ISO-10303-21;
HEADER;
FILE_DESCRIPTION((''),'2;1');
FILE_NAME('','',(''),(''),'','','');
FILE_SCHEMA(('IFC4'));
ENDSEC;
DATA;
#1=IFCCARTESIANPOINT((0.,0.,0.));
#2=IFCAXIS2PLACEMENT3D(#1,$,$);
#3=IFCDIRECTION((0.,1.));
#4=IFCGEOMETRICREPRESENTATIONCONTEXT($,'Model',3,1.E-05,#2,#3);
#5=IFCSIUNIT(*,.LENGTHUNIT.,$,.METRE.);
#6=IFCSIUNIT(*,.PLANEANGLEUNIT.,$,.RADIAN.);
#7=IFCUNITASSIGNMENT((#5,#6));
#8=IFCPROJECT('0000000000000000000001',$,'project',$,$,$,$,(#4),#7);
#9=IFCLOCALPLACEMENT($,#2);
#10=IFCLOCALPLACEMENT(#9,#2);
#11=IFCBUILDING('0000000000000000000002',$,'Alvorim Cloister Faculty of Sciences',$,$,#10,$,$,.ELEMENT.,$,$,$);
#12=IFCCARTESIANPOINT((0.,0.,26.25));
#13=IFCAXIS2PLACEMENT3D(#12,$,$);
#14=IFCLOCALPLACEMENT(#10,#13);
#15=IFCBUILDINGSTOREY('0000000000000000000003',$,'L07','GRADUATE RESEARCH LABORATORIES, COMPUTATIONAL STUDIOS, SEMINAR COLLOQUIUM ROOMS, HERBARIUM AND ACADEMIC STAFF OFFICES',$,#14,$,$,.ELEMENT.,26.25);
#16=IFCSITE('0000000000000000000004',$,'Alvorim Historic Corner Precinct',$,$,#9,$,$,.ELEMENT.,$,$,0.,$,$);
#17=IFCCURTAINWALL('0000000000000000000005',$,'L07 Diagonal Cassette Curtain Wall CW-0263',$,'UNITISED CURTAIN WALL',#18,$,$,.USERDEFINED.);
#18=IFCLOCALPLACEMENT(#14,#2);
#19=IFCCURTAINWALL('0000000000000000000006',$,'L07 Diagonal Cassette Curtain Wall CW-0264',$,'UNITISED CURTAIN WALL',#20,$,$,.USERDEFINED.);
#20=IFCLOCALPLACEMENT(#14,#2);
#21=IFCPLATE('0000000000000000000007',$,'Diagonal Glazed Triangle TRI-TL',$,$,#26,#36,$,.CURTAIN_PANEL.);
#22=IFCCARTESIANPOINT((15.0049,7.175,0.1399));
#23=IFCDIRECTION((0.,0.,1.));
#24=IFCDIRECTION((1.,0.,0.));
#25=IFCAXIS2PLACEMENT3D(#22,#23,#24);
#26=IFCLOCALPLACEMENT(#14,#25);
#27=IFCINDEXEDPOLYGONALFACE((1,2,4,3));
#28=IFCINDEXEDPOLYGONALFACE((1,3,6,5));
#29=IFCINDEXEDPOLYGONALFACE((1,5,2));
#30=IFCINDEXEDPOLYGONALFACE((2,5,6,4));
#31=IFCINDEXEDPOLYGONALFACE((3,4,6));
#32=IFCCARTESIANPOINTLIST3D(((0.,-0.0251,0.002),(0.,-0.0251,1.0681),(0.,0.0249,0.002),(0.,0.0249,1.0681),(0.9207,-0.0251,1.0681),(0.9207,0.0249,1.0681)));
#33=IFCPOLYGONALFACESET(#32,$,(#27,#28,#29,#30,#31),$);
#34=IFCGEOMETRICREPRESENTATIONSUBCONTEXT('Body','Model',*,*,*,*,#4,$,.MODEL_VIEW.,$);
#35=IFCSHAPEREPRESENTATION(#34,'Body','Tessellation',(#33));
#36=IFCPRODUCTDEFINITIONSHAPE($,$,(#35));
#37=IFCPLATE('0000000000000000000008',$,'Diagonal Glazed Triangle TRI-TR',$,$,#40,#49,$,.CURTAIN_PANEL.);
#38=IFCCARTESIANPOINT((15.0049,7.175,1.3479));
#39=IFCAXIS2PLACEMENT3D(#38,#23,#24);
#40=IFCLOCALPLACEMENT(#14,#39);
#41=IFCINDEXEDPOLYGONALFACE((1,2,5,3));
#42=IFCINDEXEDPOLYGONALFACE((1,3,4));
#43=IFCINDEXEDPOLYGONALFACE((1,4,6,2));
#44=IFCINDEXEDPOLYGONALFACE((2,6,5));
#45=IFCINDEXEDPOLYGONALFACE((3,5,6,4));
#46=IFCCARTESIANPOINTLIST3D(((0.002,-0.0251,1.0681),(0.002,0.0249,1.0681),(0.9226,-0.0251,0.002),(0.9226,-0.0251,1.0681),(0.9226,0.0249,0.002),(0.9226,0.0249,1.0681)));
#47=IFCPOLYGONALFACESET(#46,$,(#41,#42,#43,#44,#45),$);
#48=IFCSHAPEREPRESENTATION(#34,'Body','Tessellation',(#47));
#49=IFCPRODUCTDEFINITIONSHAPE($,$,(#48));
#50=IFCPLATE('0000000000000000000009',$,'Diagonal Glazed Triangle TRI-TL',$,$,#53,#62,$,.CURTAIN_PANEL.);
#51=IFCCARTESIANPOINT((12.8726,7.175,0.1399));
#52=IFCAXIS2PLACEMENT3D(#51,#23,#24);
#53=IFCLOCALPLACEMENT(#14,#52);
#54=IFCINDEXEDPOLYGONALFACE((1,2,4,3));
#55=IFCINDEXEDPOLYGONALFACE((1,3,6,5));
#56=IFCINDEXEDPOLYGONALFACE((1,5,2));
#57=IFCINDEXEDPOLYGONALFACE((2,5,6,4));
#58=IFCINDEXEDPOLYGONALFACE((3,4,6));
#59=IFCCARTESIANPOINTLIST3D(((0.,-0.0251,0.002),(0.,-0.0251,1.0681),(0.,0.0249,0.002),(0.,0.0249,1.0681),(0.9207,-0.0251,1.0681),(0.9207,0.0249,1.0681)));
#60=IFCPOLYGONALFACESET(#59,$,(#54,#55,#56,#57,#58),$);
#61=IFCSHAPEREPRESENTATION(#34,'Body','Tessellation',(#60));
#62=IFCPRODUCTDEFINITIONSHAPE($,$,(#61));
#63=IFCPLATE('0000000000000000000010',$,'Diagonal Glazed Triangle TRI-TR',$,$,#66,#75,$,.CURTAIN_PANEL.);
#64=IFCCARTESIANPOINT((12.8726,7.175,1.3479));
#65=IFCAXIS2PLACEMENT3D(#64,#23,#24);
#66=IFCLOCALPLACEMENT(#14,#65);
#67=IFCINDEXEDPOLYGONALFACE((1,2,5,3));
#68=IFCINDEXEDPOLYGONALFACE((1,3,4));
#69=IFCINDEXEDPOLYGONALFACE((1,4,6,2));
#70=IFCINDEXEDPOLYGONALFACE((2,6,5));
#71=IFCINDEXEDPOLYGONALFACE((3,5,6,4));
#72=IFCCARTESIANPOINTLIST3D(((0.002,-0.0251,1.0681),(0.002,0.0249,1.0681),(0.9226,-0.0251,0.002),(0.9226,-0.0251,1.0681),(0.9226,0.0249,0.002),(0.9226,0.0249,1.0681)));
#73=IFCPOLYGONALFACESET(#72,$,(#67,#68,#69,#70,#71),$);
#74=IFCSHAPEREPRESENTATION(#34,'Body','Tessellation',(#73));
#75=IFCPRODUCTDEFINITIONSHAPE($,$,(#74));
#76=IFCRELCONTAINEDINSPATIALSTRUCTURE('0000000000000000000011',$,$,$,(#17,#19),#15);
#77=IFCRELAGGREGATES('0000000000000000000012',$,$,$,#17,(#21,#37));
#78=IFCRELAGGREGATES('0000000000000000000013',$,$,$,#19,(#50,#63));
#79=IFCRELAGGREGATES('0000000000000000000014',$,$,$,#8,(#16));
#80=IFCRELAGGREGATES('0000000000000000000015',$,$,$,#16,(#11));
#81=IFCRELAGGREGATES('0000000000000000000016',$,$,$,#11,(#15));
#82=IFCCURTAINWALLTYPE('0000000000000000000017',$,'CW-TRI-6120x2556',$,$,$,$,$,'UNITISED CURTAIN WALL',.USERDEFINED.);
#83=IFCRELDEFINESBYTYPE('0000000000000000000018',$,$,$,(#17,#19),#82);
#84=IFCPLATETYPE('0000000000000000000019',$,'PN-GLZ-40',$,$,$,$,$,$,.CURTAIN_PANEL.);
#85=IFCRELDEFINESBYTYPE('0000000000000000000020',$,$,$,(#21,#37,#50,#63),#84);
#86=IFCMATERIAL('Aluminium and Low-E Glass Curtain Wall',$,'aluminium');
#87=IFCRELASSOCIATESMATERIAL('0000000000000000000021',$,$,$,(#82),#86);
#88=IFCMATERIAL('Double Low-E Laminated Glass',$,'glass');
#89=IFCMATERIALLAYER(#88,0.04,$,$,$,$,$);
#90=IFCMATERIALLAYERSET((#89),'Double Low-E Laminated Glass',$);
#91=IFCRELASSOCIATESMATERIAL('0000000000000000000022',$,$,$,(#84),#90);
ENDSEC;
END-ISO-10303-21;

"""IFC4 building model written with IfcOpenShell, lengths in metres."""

from ifc_helpers import new_model, si_unit, direction, frame, origin, place, context, subcontext, project, spatial, polyline, outline, extrude, material, layer, layer_set, type_object, element, aggregate, save


model = new_model("IFC4")

# Units and contexts
model_context = context("Model", 3, precision=1e-05, world=origin(), true_north=direction((0.0, 1.0)))
body_context = subcontext(model_context, "Body", "Model", "MODEL_VIEW")
ifc_project = project(units=[si_unit("LENGTHUNIT", "METRE"), si_unit("PLANEANGLEUNIT", "RADIAN")], contexts=[model_context])

# Site, building, storey
site_placement = place(None, origin())
site = spatial("IfcSite", under=ifc_project, at=site_placement, Name="Alvorim Historic Corner Precinct", CompositionType="ELEMENT", RefElevation=0.0)
building_placement = place(site_placement, origin())
building = spatial("IfcBuilding", under=site, at=building_placement, Name="Alvorim Cloister Faculty of Sciences", CompositionType="ELEMENT")
storey_placement = place(building_placement, frame((0.0, 0.0, 26.25)))
storey = spatial("IfcBuildingStorey", under=building, at=storey_placement, Name="L07", Description="GRADUATE RESEARCH LABORATORIES, COMPUTATIONAL STUDIOS, SEMINAR COLLOQUIUM ROOMS, HERBARIUM AND ACADEMIC STAFF OFFICES", CompositionType="ELEMENT", Elevation=26.25)

# Curtain walls
ifc_material_1 = material(Name="Aluminium and Low-E Glass Curtain Wall", Category="aluminium")
curtain_wall_type = type_object("IfcCurtainWallType", Name="CW-TRI-6120x2556", ElementType="UNITISED CURTAIN WALL", PredefinedType="USERDEFINED", material=ifc_material_1)
curtain_wall_1_placement = place(storey_placement, origin())
curtain_wall_1 = element("IfcCurtainWall", 1, at=curtain_wall_1_placement, inside=storey, type_object=curtain_wall_type, Name="L07 Diagonal Cassette Curtain Wall CW-0263", ObjectType="UNITISED CURTAIN WALL", PredefinedType="USERDEFINED")
curtain_wall_2_placement = place(storey_placement, origin())
curtain_wall_2 = element("IfcCurtainWall", 2, at=curtain_wall_2_placement, inside=storey, type_object=curtain_wall_type, Name="L07 Diagonal Cassette Curtain Wall CW-0264", ObjectType="UNITISED CURTAIN WALL", PredefinedType="USERDEFINED")

# Plates
ifc_material_2 = material(Name="Double Low-E Laminated Glass", Category="glass")
ifc_layer_1 = layer(ifc_material_2, 0.04)
ifc_layer_set_1 = layer_set([ifc_layer_1], Name="Double Low-E Laminated Glass")
plate_type = type_object("IfcPlateType", Name="PN-GLZ-40", PredefinedType="CURTAIN_PANEL", material=ifc_layer_set_1)
plate_1_placement = place(storey_placement, frame((15.0049, 7.175, 0.1399), z_axis=(0.0, 0.0, 1.0), x_axis=(1.0, 0.0, 0.0)))
plate_1 = element("IfcPlate", 3, at=plate_1_placement, type_object=plate_type, Name="Diagonal Glazed Triangle TRI-TL", PredefinedType="CURTAIN_PANEL", context=body_context, shape_type="SweptSolid", body=[
    extrude(outline(polyline([(0.9207, 1.0681), (0.0, 1.0681), (0.0, 0.002), (0.9207, 1.0681)])), frame((0.0, 0.0249, 0.0), z_axis=(0.0, -1.0, 0.0), x_axis=(1.0, 0.0, 0.0)), (0.0, 0.0, 1.0), 0.05),
])
plate_2_placement = place(storey_placement, frame((15.0049, 7.175, 1.3479), z_axis=(0.0, 0.0, 1.0), x_axis=(1.0, 0.0, 0.0)))
plate_2 = element("IfcPlate", 4, at=plate_2_placement, type_object=plate_type, Name="Diagonal Glazed Triangle TRI-TR", PredefinedType="CURTAIN_PANEL", context=body_context, shape_type="SweptSolid", body=[
    extrude(outline(polyline([(0.9226, 0.002), (0.9226, 1.0681), (0.002, 1.0681), (0.9226, 0.002)])), frame((0.0, 0.0249, 0.0), z_axis=(0.0, -1.0, 0.0), x_axis=(1.0, 0.0, 0.0)), (0.0, 0.0, 1.0), 0.05),
])
aggregate(curtain_wall_1, [plate_1, plate_2])
plate_3_placement = place(storey_placement, frame((12.8726, 7.175, 0.1399), z_axis=(0.0, 0.0, 1.0), x_axis=(1.0, 0.0, 0.0)))
plate_3 = element("IfcPlate", 5, at=plate_3_placement, type_object=plate_type, Name="Diagonal Glazed Triangle TRI-TL", PredefinedType="CURTAIN_PANEL", context=body_context, shape_type="SweptSolid", body=[
    extrude(outline(polyline([(0.9207, 1.0681), (0.0, 1.0681), (0.0, 0.002), (0.9207, 1.0681)])), frame((0.0, 0.0249, 0.0), z_axis=(0.0, -1.0, 0.0), x_axis=(1.0, 0.0, 0.0)), (0.0, 0.0, 1.0), 0.05),
])
plate_4_placement = place(storey_placement, frame((12.8726, 7.175, 1.3479), z_axis=(0.0, 0.0, 1.0), x_axis=(1.0, 0.0, 0.0)))
plate_4 = element("IfcPlate", 6, at=plate_4_placement, type_object=plate_type, Name="Diagonal Glazed Triangle TRI-TR", PredefinedType="CURTAIN_PANEL", context=body_context, shape_type="SweptSolid", body=[
    extrude(outline(polyline([(0.9226, 0.002), (0.9226, 1.0681), (0.002, 1.0681), (0.9226, 0.002)])), frame((0.0, 0.0249, 0.0), z_axis=(0.0, -1.0, 0.0), x_axis=(1.0, 0.0, 0.0)), (0.0, 0.0, 1.0), 0.05),
])
aggregate(curtain_wall_2, [plate_3, plate_4])

save(model, "model.ifc")
